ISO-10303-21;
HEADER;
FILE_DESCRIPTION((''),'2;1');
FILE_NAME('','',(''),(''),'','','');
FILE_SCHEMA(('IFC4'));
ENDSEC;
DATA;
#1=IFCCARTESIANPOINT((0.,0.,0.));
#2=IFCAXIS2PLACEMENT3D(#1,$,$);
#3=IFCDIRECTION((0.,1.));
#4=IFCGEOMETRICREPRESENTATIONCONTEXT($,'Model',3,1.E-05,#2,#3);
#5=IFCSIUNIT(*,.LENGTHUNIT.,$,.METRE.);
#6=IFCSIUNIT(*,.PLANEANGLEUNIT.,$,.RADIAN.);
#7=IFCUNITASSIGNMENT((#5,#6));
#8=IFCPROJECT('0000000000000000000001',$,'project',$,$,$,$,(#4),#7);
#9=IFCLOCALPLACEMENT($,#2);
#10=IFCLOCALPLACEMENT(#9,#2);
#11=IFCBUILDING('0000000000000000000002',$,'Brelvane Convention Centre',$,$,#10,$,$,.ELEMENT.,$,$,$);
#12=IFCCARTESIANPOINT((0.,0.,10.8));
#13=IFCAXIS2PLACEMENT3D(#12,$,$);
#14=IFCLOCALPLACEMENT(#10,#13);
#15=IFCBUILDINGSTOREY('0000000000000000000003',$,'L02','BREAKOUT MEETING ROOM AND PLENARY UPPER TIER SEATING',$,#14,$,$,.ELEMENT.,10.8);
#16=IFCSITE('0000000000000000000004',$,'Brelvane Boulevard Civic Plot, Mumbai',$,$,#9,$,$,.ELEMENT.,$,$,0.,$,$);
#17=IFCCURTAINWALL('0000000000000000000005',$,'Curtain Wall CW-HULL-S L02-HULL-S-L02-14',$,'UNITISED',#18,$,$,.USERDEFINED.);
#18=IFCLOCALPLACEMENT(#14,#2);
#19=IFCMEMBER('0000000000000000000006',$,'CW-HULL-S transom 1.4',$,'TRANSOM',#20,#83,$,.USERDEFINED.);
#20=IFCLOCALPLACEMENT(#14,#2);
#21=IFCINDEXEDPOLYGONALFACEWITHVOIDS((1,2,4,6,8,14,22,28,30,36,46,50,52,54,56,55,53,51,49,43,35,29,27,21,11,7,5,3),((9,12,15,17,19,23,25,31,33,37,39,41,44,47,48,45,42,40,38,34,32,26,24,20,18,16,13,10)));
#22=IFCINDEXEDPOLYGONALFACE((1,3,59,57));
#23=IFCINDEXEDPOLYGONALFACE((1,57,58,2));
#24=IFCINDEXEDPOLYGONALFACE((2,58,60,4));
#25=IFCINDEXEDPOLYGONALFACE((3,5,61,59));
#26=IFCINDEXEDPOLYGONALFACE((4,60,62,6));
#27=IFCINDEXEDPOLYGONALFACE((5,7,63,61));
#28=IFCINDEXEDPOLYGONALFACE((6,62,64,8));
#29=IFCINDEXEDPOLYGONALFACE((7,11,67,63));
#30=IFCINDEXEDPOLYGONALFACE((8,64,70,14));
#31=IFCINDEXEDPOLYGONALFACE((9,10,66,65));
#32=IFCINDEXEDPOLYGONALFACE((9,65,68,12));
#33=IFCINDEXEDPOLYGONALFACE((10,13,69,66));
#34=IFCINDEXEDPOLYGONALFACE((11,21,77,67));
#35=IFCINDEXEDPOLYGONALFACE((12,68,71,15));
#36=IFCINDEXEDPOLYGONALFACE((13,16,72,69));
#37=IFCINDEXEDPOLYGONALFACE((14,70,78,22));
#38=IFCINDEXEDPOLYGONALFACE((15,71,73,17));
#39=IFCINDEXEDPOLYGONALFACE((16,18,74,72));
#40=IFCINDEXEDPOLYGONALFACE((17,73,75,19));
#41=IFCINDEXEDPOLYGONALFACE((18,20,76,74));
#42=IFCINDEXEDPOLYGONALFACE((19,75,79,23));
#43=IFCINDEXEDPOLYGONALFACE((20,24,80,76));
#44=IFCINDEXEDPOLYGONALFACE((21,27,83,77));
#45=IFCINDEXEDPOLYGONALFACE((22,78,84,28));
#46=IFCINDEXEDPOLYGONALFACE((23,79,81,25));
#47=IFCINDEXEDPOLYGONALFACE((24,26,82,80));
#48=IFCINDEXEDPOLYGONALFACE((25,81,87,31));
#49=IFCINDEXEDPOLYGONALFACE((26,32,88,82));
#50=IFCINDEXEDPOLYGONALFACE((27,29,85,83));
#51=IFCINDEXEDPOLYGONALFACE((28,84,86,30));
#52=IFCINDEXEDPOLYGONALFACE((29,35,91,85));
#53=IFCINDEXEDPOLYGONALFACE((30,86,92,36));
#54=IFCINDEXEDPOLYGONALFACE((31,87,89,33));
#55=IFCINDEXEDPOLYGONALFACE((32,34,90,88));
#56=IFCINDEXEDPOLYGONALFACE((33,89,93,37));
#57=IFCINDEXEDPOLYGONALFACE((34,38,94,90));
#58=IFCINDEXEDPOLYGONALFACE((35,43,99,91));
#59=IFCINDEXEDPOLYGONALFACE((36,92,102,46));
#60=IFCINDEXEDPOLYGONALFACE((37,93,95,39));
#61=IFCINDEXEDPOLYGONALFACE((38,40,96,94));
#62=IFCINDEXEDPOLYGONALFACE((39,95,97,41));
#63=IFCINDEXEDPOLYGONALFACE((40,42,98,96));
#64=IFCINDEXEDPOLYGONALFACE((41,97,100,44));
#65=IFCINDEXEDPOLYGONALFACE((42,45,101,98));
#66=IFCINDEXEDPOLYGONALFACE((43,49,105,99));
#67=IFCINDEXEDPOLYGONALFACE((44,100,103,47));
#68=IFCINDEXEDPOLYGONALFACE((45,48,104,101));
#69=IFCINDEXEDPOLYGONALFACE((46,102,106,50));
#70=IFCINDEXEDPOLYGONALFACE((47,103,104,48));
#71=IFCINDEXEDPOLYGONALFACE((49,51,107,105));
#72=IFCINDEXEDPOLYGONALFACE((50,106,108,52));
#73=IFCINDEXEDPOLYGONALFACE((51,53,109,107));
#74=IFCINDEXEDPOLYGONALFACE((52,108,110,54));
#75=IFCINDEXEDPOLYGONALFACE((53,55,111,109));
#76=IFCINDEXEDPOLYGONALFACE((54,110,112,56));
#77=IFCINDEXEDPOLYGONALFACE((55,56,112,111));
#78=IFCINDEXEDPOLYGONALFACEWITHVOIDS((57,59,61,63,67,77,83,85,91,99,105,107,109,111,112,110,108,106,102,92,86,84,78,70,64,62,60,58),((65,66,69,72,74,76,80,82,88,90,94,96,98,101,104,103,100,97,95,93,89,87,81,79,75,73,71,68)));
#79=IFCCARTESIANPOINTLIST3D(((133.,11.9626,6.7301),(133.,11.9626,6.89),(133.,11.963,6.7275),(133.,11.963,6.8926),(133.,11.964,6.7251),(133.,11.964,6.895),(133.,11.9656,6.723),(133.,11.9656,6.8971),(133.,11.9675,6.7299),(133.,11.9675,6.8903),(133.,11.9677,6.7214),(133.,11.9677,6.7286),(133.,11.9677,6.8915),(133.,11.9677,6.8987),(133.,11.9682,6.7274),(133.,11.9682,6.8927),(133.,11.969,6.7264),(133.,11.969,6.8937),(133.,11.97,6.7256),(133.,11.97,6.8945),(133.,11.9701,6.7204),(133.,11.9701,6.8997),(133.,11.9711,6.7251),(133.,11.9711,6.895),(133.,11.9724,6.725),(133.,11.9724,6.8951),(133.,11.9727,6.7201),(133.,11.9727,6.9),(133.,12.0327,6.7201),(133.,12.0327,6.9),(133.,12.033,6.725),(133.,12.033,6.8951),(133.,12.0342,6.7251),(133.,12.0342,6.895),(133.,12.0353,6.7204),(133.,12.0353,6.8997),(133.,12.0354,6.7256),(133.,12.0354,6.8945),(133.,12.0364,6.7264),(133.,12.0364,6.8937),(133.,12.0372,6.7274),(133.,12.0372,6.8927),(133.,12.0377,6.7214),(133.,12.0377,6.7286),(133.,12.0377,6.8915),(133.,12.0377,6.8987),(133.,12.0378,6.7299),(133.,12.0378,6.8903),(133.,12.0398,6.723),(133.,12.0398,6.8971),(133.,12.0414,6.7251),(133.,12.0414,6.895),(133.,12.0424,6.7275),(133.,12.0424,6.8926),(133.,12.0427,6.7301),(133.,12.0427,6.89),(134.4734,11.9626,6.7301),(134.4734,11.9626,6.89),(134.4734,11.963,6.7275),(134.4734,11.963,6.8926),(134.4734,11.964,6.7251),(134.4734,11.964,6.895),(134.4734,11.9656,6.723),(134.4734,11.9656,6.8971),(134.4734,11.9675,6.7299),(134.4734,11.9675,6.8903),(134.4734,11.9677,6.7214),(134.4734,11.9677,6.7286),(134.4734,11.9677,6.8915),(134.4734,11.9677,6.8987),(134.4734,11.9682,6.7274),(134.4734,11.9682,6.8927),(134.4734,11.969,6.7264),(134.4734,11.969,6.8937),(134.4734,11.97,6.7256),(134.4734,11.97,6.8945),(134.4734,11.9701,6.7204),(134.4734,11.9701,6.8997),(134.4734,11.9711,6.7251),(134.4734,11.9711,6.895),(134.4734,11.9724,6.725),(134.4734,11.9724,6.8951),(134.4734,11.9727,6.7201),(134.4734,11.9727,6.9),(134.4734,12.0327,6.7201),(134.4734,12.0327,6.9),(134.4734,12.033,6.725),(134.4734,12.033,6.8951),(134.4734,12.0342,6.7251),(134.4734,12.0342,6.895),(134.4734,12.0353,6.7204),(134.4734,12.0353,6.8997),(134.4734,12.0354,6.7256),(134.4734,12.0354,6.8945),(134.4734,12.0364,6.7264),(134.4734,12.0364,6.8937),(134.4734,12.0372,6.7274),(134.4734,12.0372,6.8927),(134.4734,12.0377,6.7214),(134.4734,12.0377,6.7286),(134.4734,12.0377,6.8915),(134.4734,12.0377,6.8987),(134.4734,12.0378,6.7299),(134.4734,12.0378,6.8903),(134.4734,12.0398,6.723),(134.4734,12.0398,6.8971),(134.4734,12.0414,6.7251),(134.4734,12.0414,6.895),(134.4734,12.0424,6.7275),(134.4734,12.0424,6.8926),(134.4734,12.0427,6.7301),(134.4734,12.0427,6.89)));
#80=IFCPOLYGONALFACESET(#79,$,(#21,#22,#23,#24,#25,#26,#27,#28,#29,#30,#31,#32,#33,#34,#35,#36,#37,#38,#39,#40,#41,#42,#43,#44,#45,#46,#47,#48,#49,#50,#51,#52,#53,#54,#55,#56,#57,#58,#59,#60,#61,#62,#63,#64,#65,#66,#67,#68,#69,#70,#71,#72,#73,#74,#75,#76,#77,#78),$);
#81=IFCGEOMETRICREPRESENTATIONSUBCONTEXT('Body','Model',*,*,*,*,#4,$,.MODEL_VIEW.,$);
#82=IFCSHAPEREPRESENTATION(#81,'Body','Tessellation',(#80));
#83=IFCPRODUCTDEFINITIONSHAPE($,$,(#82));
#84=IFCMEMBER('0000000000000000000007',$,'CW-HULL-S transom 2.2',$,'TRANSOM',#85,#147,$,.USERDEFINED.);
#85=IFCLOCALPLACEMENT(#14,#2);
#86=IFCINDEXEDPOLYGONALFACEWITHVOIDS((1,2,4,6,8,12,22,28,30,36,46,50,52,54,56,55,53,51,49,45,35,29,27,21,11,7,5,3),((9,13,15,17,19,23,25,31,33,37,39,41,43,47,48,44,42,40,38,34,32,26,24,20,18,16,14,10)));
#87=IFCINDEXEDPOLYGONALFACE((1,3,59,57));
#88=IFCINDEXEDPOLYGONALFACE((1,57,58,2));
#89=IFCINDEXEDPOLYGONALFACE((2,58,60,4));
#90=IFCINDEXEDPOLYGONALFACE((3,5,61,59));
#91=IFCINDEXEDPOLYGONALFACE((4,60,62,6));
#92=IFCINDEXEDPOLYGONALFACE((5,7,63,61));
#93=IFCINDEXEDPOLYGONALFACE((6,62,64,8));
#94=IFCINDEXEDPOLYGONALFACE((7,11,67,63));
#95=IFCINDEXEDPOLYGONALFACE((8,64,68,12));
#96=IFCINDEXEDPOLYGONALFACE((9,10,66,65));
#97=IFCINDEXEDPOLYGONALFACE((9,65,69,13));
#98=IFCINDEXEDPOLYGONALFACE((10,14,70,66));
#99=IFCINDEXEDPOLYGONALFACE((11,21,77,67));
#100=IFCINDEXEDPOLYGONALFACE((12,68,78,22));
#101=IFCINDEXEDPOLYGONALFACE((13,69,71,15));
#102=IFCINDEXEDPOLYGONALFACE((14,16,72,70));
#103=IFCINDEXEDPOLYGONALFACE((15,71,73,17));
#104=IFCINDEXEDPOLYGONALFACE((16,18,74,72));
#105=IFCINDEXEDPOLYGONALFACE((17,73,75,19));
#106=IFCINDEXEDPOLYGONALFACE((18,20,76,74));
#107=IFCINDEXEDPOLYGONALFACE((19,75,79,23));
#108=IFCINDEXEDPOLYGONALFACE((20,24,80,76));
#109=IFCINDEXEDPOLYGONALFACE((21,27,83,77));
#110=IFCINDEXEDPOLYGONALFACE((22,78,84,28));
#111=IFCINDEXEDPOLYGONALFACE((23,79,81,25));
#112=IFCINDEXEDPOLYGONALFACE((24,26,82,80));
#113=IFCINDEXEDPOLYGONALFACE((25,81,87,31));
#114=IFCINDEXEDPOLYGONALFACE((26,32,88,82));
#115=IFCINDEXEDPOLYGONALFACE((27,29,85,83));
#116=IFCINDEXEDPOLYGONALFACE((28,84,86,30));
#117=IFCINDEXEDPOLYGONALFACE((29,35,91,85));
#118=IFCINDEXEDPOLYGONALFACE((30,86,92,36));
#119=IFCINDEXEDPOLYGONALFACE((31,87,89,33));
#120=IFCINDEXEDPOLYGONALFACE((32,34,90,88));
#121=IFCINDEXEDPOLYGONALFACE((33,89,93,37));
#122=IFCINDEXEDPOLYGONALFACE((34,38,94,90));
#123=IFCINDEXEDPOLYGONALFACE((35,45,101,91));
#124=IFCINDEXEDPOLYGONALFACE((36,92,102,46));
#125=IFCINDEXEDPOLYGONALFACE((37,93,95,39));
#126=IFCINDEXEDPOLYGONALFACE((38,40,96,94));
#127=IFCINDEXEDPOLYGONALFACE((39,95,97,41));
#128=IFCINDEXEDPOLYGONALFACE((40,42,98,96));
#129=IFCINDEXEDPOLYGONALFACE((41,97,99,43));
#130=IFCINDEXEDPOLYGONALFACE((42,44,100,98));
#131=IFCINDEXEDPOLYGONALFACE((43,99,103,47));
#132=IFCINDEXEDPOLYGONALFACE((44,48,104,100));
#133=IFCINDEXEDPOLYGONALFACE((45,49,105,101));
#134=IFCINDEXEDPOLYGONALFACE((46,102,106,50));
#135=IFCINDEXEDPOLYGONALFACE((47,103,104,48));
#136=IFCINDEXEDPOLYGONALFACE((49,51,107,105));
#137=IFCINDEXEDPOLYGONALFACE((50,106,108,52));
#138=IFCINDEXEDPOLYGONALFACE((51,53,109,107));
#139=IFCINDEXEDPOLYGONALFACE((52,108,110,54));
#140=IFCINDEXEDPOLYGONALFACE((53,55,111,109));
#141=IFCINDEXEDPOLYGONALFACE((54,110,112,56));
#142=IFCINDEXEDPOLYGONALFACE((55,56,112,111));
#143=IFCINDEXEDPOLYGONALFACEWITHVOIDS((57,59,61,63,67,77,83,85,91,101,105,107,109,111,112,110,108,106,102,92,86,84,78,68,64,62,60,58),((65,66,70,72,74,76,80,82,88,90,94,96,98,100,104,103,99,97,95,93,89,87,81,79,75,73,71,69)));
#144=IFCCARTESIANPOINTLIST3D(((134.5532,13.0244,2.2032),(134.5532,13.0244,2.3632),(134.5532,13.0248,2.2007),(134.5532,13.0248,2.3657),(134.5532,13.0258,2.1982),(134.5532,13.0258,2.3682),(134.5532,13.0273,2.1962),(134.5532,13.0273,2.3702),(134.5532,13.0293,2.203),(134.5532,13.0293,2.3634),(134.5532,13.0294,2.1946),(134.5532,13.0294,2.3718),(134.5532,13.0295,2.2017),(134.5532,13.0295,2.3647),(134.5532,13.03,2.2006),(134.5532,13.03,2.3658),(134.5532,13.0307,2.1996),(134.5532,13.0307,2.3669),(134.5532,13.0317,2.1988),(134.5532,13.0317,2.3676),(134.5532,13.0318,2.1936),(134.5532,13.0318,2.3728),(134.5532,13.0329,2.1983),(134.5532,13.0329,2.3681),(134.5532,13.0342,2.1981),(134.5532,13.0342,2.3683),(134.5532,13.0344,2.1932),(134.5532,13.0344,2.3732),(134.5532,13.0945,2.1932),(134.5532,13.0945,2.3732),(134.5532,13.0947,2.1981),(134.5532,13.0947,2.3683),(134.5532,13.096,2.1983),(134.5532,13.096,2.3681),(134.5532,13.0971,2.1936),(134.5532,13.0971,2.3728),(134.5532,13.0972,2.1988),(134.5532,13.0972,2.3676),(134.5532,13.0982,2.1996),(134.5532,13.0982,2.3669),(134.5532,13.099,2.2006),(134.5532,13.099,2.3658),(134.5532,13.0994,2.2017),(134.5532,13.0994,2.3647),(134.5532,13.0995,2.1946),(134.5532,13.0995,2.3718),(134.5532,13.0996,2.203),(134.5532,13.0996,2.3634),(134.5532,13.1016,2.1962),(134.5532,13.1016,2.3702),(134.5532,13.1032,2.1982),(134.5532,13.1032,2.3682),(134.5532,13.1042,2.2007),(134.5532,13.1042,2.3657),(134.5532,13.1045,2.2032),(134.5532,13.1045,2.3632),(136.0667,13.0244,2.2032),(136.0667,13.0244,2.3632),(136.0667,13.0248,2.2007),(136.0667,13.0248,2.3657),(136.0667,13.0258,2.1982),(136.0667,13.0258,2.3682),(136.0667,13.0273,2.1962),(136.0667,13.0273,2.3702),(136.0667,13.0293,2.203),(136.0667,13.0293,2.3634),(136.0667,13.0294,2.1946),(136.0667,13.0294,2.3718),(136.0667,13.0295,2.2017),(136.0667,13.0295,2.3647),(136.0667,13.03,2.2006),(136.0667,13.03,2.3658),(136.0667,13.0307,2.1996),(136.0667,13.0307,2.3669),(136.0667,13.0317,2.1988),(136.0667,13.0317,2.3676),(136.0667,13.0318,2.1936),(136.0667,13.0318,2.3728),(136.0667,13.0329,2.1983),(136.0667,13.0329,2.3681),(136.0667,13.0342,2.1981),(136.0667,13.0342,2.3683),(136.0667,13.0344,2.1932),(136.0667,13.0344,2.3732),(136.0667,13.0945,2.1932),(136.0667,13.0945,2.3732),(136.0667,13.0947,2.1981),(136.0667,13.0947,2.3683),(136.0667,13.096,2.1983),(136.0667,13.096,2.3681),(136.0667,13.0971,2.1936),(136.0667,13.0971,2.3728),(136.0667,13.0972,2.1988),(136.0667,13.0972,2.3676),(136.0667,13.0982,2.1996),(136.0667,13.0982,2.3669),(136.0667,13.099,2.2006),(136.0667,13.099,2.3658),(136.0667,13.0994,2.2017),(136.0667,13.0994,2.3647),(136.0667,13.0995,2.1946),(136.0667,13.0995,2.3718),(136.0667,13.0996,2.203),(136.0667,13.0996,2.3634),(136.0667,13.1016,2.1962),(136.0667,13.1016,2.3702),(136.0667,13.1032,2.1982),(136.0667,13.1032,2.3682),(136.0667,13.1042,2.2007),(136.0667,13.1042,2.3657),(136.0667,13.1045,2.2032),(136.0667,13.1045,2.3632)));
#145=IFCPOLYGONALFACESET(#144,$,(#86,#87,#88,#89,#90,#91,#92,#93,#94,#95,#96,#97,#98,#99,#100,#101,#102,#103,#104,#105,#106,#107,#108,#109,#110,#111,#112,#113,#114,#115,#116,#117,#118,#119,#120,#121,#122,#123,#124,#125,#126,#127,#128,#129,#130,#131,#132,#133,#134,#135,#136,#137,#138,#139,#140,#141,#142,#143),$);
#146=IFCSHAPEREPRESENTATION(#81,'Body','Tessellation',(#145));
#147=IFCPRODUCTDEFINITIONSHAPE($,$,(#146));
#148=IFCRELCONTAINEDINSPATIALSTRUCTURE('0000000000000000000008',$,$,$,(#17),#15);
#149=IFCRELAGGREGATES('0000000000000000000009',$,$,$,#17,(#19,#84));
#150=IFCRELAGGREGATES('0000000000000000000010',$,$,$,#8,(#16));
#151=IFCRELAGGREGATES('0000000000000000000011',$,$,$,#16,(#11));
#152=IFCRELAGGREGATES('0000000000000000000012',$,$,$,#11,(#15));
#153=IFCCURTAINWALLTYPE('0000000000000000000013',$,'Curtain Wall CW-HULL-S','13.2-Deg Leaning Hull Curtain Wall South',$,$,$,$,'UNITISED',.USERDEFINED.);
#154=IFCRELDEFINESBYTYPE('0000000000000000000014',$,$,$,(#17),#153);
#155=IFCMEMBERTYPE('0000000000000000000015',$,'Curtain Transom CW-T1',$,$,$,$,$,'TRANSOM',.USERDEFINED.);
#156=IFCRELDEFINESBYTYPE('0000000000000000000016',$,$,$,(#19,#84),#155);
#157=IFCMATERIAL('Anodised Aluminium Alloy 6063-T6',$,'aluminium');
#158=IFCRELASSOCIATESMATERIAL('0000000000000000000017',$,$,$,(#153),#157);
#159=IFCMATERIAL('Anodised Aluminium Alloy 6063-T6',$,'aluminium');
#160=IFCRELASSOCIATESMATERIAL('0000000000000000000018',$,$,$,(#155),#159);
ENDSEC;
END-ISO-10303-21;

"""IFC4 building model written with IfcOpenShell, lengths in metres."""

from ifc_helpers import new_model, si_unit, direction, frame, origin, origin_2d, place, context, subcontext, project, spatial, hollow_rectangle, extrude, material, material_profile, profile_set, type_object, element, aggregate, save


model = new_model("IFC4")

# Units and contexts
model_context = context("Model", 3, precision=1e-05, world=origin(), true_north=direction((0.0, 1.0)))
body_context = subcontext(model_context, "Body", "Model", "MODEL_VIEW")
ifc_project = project(units=[si_unit("LENGTHUNIT", "METRE"), si_unit("PLANEANGLEUNIT", "RADIAN")], contexts=[model_context])

# Site, building, storey
site_placement = place(None, origin())
site = spatial("IfcSite", under=ifc_project, at=site_placement, Name="Brelvane Boulevard Civic Plot, Mumbai", CompositionType="ELEMENT", RefElevation=0.0)
building_placement = place(site_placement, origin())
building = spatial("IfcBuilding", under=site, at=building_placement, Name="Brelvane Convention Centre", CompositionType="ELEMENT")
storey_placement = place(building_placement, frame((0.0, 0.0, 10.8)))
storey = spatial("IfcBuildingStorey", under=building, at=storey_placement, Name="L02", Description="BREAKOUT MEETING ROOM AND PLENARY UPPER TIER SEATING", CompositionType="ELEMENT", Elevation=10.8)

# Curtain wall, members
ifc_material_1 = material(Name="Anodised Aluminium Alloy 6063-T6", Category="aluminium")
curtain_wall_type = type_object("IfcCurtainWallType", Name="Curtain Wall CW-HULL-S", Description="13.2-Deg Leaning Hull Curtain Wall South", ElementType="UNITISED", PredefinedType="USERDEFINED", material=ifc_material_1)
ifc_material_2 = material(Name="Anodised Aluminium Alloy 6063-T6", Category="aluminium")
ifc_material_profile = material_profile(ifc_material_2, hollow_rectangle(XDim=0.0801, YDim=0.1799, WallThickness=0.0049, InnerFilletRadius=0.0049, OuterFilletRadius=0.01, at=origin_2d()), Name="ALU-T 180x80x5.0")
ifc_profile_set = profile_set([ifc_material_profile], Name="Anodised Aluminium Alloy 6063-T6")
member_type = type_object("IfcMemberType", Name="Curtain Transom CW-T1", ElementType="TRANSOM", PredefinedType="USERDEFINED", material=ifc_profile_set)
curtain_wall_1_placement = place(storey_placement, origin())
curtain_wall_1 = element("IfcCurtainWall", 1, at=curtain_wall_1_placement, inside=storey, type_object=curtain_wall_type, Name="Curtain Wall CW-HULL-S L02-HULL-S-L02-14", ObjectType="UNITISED", PredefinedType="USERDEFINED")
member_1_placement = place(storey_placement, frame((133.0, 12.0027, 6.8101), z_axis=(1.0, 0.0, 0.0), x_axis=(0.0, 1.0, 0.0)))
member_1 = element("IfcMember", 2, at=member_1_placement, type_object=member_type, Name="CW-HULL-S transom 1.4", ObjectType="TRANSOM", PredefinedType="USERDEFINED", context=body_context, shape_type="SweptSolid", body=[
    extrude(hollow_rectangle(XDim=0.0801, YDim=0.1799, WallThickness=0.0049, InnerFilletRadius=0.0049, OuterFilletRadius=0.01, at=origin_2d()), origin(), (0.0, 0.0, 1.0), 1.4734),
])
member_2_placement = place(storey_placement, frame((134.5532, 13.0645, 2.2832), z_axis=(1.0, 0.0, 0.0), x_axis=(0.0, 1.0, 0.0)))
member_2 = element("IfcMember", 3, at=member_2_placement, type_object=member_type, Name="CW-HULL-S transom 2.2", ObjectType="TRANSOM", PredefinedType="USERDEFINED", context=body_context, shape_type="SweptSolid", body=[
    extrude(hollow_rectangle(XDim=0.0801, YDim=0.1799, WallThickness=0.0049, InnerFilletRadius=0.0049, OuterFilletRadius=0.01, at=origin_2d()), origin(), (0.0, 0.0, 1.0), 1.5134),
])

aggregate(curtain_wall_1, [member_1, member_2])

save(model, "model.ifc")
